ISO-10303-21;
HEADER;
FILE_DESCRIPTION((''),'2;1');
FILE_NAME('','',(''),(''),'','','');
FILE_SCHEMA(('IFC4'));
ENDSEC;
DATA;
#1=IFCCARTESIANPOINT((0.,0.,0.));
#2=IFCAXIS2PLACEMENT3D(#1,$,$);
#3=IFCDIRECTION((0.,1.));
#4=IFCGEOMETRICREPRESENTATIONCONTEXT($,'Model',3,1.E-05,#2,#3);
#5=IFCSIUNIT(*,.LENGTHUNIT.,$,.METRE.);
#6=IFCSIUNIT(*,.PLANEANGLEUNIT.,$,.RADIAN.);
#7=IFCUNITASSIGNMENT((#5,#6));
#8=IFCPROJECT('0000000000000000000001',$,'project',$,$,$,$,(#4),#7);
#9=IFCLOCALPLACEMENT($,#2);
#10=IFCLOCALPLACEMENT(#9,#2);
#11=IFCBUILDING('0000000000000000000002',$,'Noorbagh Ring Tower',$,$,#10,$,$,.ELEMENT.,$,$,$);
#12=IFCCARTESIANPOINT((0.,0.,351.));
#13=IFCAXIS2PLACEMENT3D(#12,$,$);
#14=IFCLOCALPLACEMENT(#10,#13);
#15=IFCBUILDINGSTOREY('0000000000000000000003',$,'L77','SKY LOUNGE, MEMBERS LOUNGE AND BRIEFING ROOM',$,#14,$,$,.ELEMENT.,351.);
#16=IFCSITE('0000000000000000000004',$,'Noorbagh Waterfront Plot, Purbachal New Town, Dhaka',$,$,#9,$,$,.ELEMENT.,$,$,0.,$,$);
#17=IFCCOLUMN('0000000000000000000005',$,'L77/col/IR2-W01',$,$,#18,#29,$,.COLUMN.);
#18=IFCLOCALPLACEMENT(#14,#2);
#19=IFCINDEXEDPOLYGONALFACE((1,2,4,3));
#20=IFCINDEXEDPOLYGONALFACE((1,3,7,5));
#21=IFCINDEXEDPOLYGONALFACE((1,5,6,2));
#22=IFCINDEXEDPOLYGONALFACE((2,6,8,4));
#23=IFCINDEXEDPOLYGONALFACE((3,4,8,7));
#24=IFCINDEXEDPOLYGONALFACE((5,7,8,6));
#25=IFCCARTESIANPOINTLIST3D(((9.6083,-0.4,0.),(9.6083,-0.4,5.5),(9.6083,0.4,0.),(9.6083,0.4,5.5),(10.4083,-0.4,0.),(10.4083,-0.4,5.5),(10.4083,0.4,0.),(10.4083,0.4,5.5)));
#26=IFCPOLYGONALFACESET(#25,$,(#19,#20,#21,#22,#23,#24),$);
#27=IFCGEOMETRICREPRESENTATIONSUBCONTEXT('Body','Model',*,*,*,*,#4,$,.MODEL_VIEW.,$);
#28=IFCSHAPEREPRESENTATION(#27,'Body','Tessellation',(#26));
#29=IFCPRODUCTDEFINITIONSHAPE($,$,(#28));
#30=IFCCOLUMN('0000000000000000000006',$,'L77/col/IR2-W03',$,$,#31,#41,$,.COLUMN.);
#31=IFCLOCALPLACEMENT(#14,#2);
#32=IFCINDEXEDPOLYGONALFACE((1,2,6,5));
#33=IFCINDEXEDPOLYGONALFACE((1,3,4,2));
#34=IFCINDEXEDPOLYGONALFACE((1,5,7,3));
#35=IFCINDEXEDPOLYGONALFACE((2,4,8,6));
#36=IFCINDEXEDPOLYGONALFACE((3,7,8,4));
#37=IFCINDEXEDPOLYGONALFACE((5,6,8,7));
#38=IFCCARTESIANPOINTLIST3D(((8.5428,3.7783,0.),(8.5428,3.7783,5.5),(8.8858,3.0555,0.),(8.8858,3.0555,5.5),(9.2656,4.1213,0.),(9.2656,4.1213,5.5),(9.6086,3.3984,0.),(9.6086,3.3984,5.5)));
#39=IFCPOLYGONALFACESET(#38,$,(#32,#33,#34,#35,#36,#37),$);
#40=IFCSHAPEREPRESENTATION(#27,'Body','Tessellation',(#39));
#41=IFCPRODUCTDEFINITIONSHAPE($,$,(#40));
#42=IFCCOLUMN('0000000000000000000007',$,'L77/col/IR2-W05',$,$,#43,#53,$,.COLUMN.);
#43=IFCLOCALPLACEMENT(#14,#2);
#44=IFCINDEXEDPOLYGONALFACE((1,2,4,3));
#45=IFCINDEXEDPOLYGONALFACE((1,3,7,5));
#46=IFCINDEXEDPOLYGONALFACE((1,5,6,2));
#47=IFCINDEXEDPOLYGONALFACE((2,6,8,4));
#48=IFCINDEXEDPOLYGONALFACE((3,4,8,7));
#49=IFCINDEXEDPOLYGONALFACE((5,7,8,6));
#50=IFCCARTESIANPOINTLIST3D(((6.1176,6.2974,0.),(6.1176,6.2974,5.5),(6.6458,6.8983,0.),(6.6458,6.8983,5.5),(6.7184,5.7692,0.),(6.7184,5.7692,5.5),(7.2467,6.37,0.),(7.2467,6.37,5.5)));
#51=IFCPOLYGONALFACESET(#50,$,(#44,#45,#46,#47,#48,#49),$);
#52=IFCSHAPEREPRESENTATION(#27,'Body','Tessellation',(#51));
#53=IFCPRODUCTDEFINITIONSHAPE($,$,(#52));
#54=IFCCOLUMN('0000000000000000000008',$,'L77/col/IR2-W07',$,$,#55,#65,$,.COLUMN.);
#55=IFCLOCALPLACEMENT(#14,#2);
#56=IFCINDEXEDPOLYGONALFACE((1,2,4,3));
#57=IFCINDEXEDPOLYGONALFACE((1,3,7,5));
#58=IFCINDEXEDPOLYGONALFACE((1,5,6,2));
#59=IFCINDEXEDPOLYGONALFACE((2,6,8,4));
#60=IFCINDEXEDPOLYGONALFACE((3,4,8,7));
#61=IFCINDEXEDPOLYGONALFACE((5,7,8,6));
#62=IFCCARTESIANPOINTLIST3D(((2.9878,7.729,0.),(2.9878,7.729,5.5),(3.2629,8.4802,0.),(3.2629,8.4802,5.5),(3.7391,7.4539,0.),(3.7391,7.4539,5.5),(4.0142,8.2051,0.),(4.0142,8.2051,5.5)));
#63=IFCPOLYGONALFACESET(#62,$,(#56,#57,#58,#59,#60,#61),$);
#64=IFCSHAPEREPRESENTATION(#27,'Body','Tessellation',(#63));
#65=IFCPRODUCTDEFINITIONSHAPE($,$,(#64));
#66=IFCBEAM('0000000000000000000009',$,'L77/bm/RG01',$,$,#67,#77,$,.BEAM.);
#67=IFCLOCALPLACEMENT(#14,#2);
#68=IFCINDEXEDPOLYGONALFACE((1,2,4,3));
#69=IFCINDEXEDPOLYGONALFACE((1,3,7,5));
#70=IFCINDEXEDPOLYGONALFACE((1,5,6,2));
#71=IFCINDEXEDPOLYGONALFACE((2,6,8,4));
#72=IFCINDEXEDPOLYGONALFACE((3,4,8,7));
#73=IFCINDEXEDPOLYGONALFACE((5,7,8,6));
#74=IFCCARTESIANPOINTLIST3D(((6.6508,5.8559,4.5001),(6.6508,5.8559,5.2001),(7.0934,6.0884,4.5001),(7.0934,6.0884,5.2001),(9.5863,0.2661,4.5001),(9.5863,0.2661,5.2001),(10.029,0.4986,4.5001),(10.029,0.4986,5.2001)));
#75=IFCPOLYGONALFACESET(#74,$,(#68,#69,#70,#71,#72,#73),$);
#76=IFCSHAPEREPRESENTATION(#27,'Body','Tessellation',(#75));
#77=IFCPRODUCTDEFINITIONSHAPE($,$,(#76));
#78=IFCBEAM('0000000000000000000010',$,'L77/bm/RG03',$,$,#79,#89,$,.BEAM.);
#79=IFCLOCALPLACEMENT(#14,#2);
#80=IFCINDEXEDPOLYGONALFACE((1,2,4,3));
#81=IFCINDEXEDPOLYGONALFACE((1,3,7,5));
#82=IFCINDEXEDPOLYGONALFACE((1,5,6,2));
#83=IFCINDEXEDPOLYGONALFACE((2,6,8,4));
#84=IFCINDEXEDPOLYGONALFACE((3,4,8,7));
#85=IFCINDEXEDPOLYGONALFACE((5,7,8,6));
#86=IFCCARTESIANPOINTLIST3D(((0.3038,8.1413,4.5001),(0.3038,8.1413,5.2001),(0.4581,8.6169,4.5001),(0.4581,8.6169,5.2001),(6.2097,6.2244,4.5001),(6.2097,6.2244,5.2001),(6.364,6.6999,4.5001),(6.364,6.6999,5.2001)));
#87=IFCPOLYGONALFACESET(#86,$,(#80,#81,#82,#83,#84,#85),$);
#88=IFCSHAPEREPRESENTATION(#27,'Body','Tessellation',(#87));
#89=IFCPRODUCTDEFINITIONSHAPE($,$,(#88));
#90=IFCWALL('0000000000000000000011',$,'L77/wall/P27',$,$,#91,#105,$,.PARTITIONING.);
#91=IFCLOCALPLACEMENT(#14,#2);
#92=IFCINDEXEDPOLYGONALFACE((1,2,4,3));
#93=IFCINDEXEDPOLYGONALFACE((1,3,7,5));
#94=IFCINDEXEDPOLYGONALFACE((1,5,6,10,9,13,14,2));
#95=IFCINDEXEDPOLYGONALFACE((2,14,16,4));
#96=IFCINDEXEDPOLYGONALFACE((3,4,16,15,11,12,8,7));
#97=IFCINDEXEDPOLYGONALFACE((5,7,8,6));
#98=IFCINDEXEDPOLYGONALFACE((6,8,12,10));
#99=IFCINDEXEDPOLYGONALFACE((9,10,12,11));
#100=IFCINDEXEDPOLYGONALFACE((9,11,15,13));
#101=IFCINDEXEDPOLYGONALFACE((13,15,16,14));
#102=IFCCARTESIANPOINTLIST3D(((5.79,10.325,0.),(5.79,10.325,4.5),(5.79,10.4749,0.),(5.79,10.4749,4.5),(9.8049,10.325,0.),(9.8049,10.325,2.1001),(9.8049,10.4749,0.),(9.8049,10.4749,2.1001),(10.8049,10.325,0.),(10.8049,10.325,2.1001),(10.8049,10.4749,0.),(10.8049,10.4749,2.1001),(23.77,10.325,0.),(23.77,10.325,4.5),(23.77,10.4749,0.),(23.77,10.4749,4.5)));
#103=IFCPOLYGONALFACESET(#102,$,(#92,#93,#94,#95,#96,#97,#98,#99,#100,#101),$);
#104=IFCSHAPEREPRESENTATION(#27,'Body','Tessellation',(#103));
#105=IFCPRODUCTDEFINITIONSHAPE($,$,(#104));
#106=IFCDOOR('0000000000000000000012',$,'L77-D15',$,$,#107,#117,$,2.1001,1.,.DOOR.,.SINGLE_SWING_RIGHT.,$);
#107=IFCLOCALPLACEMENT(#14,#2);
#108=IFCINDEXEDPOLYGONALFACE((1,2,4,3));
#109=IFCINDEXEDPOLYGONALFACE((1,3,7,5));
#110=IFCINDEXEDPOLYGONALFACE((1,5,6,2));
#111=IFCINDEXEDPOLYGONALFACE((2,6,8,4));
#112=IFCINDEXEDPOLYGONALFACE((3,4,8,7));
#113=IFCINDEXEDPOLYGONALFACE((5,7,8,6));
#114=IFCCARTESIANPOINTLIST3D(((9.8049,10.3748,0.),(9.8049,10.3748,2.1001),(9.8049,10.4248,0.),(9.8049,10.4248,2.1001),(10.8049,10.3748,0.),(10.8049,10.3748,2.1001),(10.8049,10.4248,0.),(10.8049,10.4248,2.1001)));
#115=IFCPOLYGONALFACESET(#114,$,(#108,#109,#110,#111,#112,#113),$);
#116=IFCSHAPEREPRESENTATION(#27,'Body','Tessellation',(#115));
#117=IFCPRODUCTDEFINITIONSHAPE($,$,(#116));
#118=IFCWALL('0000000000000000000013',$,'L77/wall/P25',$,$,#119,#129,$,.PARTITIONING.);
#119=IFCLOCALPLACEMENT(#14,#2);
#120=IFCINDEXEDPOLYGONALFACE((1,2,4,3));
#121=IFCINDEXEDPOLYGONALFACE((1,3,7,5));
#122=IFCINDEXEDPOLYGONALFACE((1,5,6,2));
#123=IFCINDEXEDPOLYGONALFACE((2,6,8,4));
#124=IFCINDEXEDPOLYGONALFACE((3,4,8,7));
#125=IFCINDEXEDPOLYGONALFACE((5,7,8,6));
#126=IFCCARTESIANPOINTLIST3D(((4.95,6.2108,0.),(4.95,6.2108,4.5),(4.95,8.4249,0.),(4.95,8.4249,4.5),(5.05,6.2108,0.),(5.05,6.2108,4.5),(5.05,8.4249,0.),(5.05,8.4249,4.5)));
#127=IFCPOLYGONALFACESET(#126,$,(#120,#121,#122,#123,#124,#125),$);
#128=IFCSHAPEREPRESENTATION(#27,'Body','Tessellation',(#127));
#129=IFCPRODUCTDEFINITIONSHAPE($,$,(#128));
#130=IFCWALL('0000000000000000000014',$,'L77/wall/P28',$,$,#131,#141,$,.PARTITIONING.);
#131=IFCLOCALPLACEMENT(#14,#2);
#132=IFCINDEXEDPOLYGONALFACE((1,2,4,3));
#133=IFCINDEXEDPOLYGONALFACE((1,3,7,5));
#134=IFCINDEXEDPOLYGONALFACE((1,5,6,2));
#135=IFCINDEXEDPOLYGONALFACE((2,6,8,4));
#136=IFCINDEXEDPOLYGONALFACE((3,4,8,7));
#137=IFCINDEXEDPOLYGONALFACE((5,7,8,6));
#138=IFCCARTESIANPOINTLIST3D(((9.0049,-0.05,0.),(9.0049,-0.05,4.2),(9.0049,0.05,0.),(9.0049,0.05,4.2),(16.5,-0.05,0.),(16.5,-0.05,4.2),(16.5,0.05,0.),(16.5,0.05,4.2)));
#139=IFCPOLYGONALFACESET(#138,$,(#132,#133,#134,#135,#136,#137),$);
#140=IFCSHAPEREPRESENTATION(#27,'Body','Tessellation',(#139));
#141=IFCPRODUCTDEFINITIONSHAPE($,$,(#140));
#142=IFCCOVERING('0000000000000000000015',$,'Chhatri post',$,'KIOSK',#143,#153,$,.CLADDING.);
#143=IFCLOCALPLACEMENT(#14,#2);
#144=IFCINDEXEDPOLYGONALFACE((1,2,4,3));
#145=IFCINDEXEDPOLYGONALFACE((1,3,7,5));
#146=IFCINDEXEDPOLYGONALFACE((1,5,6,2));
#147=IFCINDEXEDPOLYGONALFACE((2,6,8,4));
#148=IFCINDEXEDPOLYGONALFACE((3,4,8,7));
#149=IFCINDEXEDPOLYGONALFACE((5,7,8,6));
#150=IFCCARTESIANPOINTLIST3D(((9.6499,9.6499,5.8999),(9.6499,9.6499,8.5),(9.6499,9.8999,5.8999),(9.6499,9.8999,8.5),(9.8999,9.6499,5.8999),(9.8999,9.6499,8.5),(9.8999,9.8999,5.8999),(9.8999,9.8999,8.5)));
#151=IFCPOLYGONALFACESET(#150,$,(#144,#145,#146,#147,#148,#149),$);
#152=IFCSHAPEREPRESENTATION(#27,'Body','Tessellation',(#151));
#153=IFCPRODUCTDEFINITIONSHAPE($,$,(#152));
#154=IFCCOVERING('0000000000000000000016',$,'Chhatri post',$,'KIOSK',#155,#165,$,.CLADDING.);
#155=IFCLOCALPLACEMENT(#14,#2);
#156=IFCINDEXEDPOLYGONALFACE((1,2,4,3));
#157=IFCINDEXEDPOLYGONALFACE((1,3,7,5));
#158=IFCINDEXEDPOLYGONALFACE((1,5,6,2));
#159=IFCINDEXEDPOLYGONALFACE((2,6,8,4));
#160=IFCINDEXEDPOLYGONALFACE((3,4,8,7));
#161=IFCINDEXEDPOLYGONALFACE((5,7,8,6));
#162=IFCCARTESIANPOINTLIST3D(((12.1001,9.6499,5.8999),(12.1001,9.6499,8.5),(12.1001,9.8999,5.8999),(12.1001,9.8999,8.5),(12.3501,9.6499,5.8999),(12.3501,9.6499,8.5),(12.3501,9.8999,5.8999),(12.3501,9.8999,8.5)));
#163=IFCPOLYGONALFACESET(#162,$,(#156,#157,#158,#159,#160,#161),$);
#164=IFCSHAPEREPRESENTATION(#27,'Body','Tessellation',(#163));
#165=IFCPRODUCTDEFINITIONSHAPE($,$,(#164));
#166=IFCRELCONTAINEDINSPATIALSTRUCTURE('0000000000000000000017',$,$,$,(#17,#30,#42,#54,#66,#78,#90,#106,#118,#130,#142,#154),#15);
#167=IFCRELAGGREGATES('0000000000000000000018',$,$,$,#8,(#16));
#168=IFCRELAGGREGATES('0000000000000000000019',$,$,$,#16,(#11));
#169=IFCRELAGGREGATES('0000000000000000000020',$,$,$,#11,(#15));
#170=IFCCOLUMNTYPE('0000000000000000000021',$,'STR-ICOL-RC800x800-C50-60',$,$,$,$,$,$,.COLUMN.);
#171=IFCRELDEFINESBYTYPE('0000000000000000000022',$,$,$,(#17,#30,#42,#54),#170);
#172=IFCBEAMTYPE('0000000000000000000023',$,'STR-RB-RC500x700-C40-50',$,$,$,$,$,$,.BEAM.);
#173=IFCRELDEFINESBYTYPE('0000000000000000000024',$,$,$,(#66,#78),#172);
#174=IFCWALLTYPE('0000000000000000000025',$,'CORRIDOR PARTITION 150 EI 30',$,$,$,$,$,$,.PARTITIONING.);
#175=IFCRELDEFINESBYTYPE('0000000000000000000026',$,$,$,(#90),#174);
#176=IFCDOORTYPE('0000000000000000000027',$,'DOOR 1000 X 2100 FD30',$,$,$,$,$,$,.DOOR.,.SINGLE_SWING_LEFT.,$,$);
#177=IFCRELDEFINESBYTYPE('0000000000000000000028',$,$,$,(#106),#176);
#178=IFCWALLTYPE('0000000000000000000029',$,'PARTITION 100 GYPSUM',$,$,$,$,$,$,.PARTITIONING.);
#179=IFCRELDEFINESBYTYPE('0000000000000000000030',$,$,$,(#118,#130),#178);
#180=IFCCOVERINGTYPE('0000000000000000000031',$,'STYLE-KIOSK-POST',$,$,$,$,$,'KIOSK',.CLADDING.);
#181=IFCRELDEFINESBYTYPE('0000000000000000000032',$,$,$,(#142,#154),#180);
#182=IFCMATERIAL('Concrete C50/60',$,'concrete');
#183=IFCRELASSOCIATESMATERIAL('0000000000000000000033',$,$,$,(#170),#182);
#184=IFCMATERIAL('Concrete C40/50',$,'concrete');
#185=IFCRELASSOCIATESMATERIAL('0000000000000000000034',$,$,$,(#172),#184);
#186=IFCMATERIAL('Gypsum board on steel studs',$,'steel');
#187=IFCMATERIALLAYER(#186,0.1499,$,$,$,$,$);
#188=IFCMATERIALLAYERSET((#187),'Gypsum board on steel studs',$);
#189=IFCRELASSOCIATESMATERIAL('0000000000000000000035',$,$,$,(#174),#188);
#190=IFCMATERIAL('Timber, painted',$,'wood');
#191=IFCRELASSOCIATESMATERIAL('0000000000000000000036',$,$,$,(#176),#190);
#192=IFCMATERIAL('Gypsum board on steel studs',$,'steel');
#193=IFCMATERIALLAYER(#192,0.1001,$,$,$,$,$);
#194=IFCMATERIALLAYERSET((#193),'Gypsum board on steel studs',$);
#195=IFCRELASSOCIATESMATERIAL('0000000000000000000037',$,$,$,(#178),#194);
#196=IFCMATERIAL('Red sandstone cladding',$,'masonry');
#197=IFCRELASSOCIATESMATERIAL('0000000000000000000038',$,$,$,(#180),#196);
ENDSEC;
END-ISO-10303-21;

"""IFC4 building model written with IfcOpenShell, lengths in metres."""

from ifc_helpers import new_model, si_unit, direction, frame, frame_2d, origin, origin_2d, place, context, subcontext, project, spatial, rectangle, extrude, material, layer, layer_set, material_profile, profile_set, type_object, element, fill, save


model = new_model("IFC4")

# Units and contexts
model_context = context("Model", 3, precision=1e-05, world=origin(), true_north=direction((0.0, 1.0)))
body_context = subcontext(model_context, "Body", "Model", "MODEL_VIEW")
ifc_project = project(units=[si_unit("LENGTHUNIT", "METRE"), si_unit("PLANEANGLEUNIT", "RADIAN")], contexts=[model_context])

# Site, building, storey
site_placement = place(None, origin())
site = spatial("IfcSite", under=ifc_project, at=site_placement, Name="Noorbagh Waterfront Plot, Purbachal New Town, Dhaka", CompositionType="ELEMENT", RefElevation=0.0)
building_placement = place(site_placement, origin())
building = spatial("IfcBuilding", under=site, at=building_placement, Name="Noorbagh Ring Tower", CompositionType="ELEMENT")
storey_placement = place(building_placement, frame((0.0, 0.0, 351.0)))
storey = spatial("IfcBuildingStorey", under=building, at=storey_placement, Name="L77", Description="SKY LOUNGE, MEMBERS LOUNGE AND BRIEFING ROOM", CompositionType="ELEMENT", Elevation=351.0)

# Columns
ifc_material_1 = material(Name="Concrete C50/60", Category="concrete")
ifc_material_profile_1 = material_profile(ifc_material_1, rectangle(XDim=0.8, YDim=0.8, at=origin_2d()), Name="RC800x800")
ifc_profile_set_1 = profile_set([ifc_material_profile_1], Name="Concrete C50/60")
column_type = type_object("IfcColumnType", Name="STR-ICOL-RC800x800-C50-60", PredefinedType="COLUMN", material=ifc_profile_set_1)
for number, where, z_axis, x_axis, name in (
    (1, (10.0083, 0.0, 0.0), (0.0, 0.0, 1.0), (0.0, 1.0, 0.0), "L77/col/IR2-W01"),
    (2, (9.0757, 3.5884, 0.0), (0.0, 0.0, 1.0), (-0.428667, 0.903463, 0.0), "L77/col/IR2-W03"),
    (3, (6.6821, 6.3337, 0.0), (0.0, 0.0, 1.0), (-0.751022, 0.660277, 0.0), "L77/col/IR2-W05"),
    (4, (3.501, 7.967, 0.0), (0.0, 0.0, 1.0), (-0.93902, 0.343864, 0.0), "L77/col/IR2-W07"),
):
    element("IfcColumn", number, at=place(storey_placement, frame(where, z_axis=z_axis, x_axis=x_axis)), inside=storey, type_object=column_type, Name=name, PredefinedType="COLUMN", context=body_context, shape_type="SweptSolid", body=[
        extrude(rectangle(XDim=0.8, YDim=0.8, at=origin_2d()), origin(), (0.0, 0.0, 1.0), 5.5),
    ])

# Beams
ifc_material_2 = material(Name="Concrete C40/50", Category="concrete")
ifc_material_profile_2 = material_profile(ifc_material_2, rectangle(XDim=0.5, YDim=0.7, at=origin_2d()), Name="RC500x700")
ifc_profile_set_2 = profile_set([ifc_material_profile_2], Name="Concrete C40/50")
beam_type = type_object("IfcBeamType", Name="STR-RB-RC500x700-C40-50", PredefinedType="BEAM", material=ifc_profile_set_2)
beam_1_placement = place(storey_placement, frame((9.8076, 0.3823, 4.8501), z_axis=(-0.464943, 0.885341, 0.0), x_axis=(-0.885341, -0.464943, 0.0)))
element("IfcBeam", 5, at=beam_1_placement, inside=storey, type_object=beam_type, Name="L77/bm/RG01", PredefinedType="BEAM", context=body_context, shape_type="SweptSolid", body=[
    extrude(rectangle(XDim=0.5, YDim=0.7, at=origin_2d()), origin(), (0.0, 0.0, 1.0), 6.3137),
])
beam_2_placement = place(storey_placement, frame((6.2869, 6.4622, 4.8501), z_axis=(-0.95115, 0.308728, 0.0), x_axis=(-0.308728, -0.95115, 0.0)))
element("IfcBeam", 6, at=beam_2_placement, inside=storey, type_object=beam_type, Name="L77/bm/RG03", PredefinedType="BEAM", context=body_context, shape_type="SweptSolid", body=[
    extrude(rectangle(XDim=0.5, YDim=0.7, at=origin_2d()), origin(), (0.0, 0.0, 1.0), 6.2092),
])

# Wall, opening, door
ifc_material_3 = material(Name="Gypsum board on steel studs", Category="steel")
ifc_layer_1 = layer(ifc_material_3, 0.1499)
ifc_layer_set_1 = layer_set([ifc_layer_1], Name="Gypsum board on steel studs")
wall_type_1 = type_object("IfcWallType", Name="CORRIDOR PARTITION 150 EI 30", PredefinedType="PARTITIONING", material=ifc_layer_set_1)
wall_1_placement = place(storey_placement, frame((5.79, 10.3999, 0.0), z_axis=(0.0, 0.0, 1.0), x_axis=(1.0, 0.0, 0.0)))
wall_1 = element("IfcWall", 7, at=wall_1_placement, inside=storey, type_object=wall_type_1, Name="L77/wall/P27", PredefinedType="PARTITIONING", context=body_context, shape_type="SweptSolid", body=[
    extrude(rectangle(XDim=17.98, YDim=0.1499, at=frame_2d((8.99, 0.0))), origin(), (0.0, 0.0, 1.0), 4.5),
])
opening_placement = place(wall_1_placement, frame((4.0149, 0.0, 0.0)))
opening = element("IfcOpeningElement", 8, at=opening_placement, cuts=wall_1, PredefinedType="OPENING", context=body_context, shape_type="SweptSolid", body=[
    extrude(rectangle(XDim=1.0, YDim=2.1001, at=frame_2d((0.5, 1.05))), frame((0.0, 0.085, 0.0), z_axis=(0.0, -1.0, 0.0), x_axis=(1.0, 0.0, 0.0)), (0.0, 0.0, 1.0), 0.1699),
])
ifc_material_4 = material(Name="Timber, painted", Category="wood")
door_type = type_object("IfcDoorType", Name="DOOR 1000 X 2100 FD30", OperationType="SINGLE_SWING_LEFT", PredefinedType="DOOR", material=ifc_material_4)
door_placement = place(opening_placement, origin())
door = element("IfcDoor", 9, at=door_placement, inside=storey, type_object=door_type, Name="L77-D15", OperationType="SINGLE_SWING_RIGHT", OverallHeight=2.1001, OverallWidth=1.0, PredefinedType="DOOR", context=body_context, shape_type="SweptSolid", body=[
    extrude(rectangle(XDim=1.0, YDim=2.1001, at=frame_2d((0.5, 1.05))), frame((0.0, 0.0249, 0.0), z_axis=(0.0, -1.0, 0.0), x_axis=(1.0, 0.0, 0.0)), (0.0, 0.0, 1.0), 0.05),
])
fill(opening, door)

# Walls
ifc_material_5 = material(Name="Gypsum board on steel studs", Category="steel")
ifc_layer_2 = layer(ifc_material_5, 0.1001)
ifc_layer_set_2 = layer_set([ifc_layer_2], Name="Gypsum board on steel studs")
wall_type_2 = type_object("IfcWallType", Name="PARTITION 100 GYPSUM", PredefinedType="PARTITIONING", material=ifc_layer_set_2)
wall_2_placement = place(storey_placement, frame((5.0, 6.2109, 0.0), z_axis=(0.0, 0.0, 1.0), x_axis=(0.0, 1.0, 0.0)))
element("IfcWall", 10, at=wall_2_placement, inside=storey, type_object=wall_type_2, Name="L77/wall/P25", PredefinedType="PARTITIONING", context=body_context, shape_type="SweptSolid", body=[
    extrude(rectangle(XDim=2.2141, YDim=0.1001, at=frame_2d((1.1069, 0.0))), origin(), (0.0, 0.0, 1.0), 4.5),
])
wall_3_placement = place(storey_placement, frame((9.0049, 0.0, 0.0), z_axis=(0.0, 0.0, 1.0), x_axis=(1.0, 0.0, 0.0)))
element("IfcWall", 11, at=wall_3_placement, inside=storey, type_object=wall_type_2, Name="L77/wall/P28", PredefinedType="PARTITIONING", context=body_context, shape_type="SweptSolid", body=[
    extrude(rectangle(XDim=7.4951, YDim=0.1001, at=frame_2d((3.7476, 0.0))), origin(), (0.0, 0.0, 1.0), 4.2),
])

# Coverings
ifc_material_6 = material(Name="Red sandstone cladding", Category="masonry")
covering_type = type_object("IfcCoveringType", Name="STYLE-KIOSK-POST", ElementType="KIOSK", PredefinedType="CLADDING", material=ifc_material_6)
for number, where, z_axis, x_axis, name in (
    (12, (9.7749, 9.7749, 5.8999), (0.0, 0.0, 1.0), (1.0, 0.0, 0.0), "Chhatri post"),
    (13, (12.2251, 9.7749, 5.8999), (0.0, 0.0, 1.0), (1.0, 0.0, 0.0), "Chhatri post"),
):
    element("IfcCovering", number, at=place(storey_placement, frame(where, z_axis=z_axis, x_axis=x_axis)), inside=storey, type_object=covering_type, Name=name, ObjectType="KIOSK", PredefinedType="CLADDING", context=body_context, shape_type="SweptSolid", body=[
        extrude(rectangle(XDim=0.25, YDim=0.25, at=origin_2d()), origin(), (0.0, 0.0, 1.0), 2.6001),
    ])

save(model, "model.ifc")
